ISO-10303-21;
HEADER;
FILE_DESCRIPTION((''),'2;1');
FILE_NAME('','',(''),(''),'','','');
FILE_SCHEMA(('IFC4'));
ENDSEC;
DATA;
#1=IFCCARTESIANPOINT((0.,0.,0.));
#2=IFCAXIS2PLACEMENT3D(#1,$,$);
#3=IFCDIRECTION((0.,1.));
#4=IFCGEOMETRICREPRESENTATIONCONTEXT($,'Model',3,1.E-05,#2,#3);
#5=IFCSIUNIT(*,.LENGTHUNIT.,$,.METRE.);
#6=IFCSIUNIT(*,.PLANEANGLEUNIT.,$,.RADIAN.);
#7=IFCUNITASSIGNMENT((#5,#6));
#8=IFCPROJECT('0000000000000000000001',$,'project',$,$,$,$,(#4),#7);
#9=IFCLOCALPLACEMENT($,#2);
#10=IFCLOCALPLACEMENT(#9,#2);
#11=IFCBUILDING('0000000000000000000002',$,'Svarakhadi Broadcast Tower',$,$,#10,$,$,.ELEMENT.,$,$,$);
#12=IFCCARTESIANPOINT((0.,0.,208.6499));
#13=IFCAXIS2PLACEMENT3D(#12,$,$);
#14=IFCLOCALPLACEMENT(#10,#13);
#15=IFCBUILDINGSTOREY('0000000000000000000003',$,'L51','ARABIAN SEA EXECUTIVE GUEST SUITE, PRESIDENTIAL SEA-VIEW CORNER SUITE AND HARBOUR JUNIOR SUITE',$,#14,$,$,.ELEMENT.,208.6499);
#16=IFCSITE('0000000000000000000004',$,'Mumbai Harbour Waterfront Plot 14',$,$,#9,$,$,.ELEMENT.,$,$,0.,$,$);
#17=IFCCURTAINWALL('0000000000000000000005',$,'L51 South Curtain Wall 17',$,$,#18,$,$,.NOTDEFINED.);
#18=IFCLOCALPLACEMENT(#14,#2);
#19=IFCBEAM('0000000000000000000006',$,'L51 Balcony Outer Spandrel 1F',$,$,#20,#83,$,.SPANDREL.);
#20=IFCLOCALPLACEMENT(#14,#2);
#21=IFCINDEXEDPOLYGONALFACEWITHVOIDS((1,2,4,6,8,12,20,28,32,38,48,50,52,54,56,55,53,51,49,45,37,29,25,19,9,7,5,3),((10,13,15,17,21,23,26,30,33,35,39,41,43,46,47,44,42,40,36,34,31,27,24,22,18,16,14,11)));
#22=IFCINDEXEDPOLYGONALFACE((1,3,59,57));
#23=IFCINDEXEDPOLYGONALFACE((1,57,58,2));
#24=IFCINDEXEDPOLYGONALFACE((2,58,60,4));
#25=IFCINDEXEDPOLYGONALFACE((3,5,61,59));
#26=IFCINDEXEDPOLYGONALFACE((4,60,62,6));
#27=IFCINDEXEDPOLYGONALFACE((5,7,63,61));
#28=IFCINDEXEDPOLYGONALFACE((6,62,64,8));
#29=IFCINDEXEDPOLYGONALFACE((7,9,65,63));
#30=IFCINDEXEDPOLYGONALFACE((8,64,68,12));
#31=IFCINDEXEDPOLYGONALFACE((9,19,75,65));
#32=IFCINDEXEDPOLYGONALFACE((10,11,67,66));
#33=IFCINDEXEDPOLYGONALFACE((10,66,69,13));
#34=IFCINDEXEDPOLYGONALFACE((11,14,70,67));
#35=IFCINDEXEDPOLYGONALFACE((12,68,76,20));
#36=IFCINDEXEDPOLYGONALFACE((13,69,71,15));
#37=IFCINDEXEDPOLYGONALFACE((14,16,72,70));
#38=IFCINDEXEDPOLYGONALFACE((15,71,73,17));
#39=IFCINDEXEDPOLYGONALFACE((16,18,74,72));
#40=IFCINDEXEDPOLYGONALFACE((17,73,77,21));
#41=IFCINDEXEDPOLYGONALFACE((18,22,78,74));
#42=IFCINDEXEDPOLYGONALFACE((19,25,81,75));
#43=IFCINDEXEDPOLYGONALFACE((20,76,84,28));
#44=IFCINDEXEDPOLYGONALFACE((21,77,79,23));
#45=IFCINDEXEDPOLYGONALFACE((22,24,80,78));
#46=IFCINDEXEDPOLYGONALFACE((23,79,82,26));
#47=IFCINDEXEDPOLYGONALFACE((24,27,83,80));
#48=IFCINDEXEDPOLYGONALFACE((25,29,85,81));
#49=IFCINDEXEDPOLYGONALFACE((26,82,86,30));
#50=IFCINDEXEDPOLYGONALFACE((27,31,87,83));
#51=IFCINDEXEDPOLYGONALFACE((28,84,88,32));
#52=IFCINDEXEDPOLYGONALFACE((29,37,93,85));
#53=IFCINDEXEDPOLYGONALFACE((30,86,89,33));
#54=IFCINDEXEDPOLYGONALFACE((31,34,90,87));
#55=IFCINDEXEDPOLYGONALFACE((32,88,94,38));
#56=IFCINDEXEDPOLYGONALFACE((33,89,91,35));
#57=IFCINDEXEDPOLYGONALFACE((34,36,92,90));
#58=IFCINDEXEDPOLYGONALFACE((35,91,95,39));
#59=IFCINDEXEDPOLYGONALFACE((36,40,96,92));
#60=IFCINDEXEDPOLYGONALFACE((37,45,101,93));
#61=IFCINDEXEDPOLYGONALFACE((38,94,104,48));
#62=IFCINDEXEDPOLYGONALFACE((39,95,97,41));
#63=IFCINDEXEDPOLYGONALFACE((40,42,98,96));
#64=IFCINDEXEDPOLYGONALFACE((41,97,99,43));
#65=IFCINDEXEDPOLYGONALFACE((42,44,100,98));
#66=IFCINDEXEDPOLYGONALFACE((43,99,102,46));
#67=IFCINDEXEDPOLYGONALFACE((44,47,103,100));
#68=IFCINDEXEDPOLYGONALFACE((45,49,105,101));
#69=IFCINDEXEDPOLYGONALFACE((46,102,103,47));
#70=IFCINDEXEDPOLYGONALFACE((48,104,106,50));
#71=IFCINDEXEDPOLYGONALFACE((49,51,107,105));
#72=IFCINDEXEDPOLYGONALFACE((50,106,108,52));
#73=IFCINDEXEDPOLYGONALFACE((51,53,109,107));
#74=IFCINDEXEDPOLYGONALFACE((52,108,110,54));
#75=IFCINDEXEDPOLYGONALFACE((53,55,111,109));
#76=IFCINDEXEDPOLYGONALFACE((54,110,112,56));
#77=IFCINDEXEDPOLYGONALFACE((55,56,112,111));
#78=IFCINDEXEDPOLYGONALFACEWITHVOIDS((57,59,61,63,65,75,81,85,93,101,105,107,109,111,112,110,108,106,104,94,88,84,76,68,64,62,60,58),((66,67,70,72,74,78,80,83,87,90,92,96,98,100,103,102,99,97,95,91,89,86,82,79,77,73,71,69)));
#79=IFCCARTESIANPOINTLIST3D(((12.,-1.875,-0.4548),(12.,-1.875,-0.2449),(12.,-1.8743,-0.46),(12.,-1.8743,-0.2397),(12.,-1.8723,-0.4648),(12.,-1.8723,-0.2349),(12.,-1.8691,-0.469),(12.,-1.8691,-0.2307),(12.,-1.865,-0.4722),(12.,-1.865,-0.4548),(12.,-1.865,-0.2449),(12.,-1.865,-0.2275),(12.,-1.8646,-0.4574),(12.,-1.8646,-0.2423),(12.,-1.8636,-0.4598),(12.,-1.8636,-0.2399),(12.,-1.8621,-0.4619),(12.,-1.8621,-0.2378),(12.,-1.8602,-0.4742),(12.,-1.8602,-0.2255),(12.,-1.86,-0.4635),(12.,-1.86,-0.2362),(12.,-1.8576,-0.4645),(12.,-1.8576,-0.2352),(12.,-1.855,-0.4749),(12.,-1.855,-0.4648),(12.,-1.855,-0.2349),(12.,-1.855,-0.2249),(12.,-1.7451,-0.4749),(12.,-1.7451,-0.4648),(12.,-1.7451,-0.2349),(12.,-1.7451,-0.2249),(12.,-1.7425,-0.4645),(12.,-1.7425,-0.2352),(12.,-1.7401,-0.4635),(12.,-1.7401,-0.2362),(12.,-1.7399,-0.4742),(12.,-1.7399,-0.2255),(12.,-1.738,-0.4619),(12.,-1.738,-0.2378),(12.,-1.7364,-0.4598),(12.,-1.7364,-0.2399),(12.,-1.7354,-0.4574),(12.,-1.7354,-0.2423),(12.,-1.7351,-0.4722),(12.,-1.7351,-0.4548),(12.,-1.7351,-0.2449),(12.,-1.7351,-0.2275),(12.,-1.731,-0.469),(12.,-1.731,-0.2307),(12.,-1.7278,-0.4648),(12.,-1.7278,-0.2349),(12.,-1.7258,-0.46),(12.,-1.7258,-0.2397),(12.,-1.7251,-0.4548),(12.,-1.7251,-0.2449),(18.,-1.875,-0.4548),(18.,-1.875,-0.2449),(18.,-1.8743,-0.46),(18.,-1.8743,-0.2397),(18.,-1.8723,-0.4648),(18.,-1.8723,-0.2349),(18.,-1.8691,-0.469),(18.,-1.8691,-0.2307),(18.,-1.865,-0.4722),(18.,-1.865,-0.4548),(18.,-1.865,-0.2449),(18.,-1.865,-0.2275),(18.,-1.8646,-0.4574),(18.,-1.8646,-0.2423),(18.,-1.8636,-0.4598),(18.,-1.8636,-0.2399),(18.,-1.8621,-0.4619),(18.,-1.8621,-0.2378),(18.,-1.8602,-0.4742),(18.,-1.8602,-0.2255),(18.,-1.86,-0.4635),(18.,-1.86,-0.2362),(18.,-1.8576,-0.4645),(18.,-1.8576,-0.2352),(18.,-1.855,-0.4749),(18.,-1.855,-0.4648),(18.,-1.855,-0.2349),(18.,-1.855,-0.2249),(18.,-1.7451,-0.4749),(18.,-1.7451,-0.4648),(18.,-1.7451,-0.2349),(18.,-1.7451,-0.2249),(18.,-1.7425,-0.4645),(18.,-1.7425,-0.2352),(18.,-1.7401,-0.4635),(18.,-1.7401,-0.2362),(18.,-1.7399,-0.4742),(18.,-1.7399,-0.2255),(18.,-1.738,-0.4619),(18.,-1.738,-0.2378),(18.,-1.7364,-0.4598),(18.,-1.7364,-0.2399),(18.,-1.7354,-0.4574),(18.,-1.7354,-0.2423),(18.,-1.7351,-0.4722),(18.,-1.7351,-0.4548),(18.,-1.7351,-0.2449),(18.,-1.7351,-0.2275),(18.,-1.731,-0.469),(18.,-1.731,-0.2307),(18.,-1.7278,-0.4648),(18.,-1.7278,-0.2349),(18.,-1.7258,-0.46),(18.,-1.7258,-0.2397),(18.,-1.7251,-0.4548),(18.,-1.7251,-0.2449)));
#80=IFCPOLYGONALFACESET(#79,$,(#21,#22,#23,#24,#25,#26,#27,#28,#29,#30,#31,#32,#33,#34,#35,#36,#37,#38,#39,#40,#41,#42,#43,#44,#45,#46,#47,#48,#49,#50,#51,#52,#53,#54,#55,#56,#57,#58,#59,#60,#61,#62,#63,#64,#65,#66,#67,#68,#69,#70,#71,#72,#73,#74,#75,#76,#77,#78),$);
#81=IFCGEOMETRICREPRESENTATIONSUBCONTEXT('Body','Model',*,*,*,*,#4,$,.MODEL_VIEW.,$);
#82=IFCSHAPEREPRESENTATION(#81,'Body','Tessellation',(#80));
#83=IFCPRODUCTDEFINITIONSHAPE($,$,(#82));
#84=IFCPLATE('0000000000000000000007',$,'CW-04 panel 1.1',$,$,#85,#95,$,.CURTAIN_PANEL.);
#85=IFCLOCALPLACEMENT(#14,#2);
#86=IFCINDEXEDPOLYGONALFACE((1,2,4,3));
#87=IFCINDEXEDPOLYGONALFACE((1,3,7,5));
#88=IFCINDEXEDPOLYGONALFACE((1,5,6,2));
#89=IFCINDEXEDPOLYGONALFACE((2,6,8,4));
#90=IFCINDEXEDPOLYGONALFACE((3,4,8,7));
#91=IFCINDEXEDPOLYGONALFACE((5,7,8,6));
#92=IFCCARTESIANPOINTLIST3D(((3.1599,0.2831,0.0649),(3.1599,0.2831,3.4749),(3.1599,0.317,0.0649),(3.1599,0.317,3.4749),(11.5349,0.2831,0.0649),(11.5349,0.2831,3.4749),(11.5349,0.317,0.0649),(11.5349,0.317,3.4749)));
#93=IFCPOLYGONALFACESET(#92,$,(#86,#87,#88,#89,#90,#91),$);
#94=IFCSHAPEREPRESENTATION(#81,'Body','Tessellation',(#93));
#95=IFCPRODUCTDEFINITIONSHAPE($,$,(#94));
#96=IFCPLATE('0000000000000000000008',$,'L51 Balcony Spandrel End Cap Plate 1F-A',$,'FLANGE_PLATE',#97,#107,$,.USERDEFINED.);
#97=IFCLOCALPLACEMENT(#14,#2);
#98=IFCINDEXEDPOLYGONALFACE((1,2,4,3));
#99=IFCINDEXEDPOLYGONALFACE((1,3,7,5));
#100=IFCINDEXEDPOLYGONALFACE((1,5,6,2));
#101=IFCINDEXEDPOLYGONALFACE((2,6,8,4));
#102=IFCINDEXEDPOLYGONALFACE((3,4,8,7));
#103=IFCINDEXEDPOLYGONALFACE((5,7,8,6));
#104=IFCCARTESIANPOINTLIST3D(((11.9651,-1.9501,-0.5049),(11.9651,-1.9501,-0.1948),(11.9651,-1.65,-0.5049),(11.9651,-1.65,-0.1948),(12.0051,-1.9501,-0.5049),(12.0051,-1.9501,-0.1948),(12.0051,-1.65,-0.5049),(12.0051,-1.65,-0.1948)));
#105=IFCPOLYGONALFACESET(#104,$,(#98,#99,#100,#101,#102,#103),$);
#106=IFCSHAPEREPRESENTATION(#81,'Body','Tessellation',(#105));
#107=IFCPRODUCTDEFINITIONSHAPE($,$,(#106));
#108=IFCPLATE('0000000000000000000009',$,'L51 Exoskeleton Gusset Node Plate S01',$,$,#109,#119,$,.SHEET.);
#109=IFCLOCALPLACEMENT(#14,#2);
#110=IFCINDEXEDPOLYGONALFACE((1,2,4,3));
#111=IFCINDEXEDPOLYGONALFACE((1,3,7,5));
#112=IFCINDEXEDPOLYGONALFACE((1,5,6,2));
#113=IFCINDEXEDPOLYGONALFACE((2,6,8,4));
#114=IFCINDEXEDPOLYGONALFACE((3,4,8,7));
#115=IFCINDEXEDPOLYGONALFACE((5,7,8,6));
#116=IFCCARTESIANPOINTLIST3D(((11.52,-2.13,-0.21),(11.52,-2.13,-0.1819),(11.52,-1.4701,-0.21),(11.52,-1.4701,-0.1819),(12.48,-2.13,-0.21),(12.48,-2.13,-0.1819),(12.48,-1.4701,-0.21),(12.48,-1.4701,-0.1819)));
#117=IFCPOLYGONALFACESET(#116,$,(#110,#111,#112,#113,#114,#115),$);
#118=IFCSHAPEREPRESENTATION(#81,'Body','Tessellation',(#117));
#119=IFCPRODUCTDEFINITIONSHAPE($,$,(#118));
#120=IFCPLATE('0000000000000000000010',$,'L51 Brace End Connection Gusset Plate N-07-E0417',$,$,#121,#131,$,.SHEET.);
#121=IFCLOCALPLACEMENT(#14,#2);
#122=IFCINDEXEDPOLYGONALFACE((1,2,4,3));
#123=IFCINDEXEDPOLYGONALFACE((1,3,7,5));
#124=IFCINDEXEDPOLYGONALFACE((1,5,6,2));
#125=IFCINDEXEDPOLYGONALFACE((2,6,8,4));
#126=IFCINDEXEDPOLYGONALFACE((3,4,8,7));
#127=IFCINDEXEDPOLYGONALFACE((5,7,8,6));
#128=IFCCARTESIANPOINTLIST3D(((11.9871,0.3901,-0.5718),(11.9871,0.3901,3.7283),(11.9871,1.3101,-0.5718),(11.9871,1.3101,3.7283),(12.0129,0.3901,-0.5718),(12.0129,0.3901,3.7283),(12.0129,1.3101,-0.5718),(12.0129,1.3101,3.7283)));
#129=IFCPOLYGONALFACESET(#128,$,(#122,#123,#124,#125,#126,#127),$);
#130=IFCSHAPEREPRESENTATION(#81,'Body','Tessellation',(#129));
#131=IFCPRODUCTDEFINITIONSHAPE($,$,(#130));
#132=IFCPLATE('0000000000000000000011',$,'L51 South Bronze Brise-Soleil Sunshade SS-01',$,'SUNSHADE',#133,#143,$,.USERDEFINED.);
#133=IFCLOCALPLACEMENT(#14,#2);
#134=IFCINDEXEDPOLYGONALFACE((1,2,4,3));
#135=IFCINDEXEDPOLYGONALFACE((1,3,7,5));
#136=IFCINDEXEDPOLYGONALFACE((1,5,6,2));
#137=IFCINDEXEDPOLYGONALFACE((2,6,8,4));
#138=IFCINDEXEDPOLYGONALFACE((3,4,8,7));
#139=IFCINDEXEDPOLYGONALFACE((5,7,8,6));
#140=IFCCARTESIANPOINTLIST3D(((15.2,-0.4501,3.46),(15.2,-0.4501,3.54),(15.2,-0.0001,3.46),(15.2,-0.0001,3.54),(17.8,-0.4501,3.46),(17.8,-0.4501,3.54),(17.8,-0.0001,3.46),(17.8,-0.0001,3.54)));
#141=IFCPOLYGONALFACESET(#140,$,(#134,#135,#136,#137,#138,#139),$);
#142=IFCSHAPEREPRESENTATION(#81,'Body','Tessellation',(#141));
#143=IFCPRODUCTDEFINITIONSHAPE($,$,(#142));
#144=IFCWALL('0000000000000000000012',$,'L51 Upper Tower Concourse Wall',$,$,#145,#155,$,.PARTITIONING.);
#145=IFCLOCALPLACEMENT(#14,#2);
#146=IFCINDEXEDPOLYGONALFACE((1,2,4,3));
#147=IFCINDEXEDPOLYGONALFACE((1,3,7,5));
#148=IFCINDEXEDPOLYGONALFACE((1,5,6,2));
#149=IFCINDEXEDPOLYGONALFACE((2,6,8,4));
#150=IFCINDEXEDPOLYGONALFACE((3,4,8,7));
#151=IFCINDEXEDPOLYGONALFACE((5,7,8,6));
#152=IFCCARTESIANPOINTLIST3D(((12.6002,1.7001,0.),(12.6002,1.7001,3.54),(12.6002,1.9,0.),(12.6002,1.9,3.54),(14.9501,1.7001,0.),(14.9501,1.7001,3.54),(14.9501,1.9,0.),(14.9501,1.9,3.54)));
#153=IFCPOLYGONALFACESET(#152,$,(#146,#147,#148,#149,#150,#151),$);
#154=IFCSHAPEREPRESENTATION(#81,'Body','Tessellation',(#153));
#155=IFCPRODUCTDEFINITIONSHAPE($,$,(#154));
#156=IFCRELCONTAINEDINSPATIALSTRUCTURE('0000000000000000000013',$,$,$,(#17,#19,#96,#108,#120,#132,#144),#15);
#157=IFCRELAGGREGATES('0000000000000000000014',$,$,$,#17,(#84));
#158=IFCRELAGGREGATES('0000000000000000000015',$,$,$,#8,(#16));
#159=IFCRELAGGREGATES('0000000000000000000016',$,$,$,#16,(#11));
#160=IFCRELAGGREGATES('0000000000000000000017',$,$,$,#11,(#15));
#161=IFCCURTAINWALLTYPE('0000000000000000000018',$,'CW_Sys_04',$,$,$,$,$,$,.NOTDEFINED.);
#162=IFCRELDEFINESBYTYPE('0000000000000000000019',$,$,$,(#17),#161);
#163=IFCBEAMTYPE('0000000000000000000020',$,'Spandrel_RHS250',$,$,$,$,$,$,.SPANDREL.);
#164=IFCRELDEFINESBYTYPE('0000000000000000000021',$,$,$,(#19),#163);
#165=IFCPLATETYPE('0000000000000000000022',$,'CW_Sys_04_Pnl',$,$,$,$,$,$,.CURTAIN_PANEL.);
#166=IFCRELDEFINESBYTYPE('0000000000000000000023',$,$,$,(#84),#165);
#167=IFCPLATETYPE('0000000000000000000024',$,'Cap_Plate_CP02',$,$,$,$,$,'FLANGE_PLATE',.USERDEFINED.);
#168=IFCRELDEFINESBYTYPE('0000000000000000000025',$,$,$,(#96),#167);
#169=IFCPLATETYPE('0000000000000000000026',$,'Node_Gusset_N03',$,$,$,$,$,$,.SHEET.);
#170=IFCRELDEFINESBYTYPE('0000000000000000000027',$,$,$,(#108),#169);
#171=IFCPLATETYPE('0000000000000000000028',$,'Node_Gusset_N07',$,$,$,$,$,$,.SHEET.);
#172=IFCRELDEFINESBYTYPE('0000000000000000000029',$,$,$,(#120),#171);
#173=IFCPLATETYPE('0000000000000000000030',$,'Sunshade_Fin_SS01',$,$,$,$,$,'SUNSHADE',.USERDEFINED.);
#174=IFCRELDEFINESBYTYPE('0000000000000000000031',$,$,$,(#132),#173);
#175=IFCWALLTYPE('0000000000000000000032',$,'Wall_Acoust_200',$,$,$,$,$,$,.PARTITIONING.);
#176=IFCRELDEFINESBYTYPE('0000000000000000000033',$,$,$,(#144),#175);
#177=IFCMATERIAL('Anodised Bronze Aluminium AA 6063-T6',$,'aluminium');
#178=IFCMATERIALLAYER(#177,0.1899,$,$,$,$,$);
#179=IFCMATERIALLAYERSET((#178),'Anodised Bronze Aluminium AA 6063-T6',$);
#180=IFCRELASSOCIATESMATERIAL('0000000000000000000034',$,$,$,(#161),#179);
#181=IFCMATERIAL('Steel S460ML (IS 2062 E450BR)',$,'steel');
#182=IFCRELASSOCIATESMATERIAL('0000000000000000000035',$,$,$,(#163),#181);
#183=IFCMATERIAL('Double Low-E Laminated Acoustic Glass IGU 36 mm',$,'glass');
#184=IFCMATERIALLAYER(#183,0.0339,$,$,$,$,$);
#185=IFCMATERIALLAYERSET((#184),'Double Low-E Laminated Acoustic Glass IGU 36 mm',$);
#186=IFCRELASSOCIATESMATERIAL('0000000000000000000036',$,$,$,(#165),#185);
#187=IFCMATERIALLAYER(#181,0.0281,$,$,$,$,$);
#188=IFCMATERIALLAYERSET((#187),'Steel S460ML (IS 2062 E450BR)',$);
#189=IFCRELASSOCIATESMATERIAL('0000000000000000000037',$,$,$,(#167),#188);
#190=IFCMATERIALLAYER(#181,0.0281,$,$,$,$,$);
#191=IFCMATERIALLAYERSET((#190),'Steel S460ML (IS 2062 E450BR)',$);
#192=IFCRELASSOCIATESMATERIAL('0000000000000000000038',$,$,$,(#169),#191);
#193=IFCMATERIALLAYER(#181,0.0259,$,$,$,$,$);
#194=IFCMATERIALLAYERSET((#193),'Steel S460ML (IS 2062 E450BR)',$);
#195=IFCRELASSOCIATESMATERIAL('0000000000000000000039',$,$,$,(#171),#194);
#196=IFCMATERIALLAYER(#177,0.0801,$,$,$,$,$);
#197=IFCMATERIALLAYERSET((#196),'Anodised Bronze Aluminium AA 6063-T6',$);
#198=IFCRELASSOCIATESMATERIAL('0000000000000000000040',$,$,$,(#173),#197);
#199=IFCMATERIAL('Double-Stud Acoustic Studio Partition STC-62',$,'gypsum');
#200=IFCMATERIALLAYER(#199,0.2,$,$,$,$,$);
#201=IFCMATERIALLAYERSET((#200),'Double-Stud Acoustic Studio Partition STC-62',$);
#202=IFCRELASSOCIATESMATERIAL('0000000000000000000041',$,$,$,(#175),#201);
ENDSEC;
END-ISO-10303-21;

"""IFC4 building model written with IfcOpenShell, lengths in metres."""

from ifc_helpers import new_model, si_unit, direction, frame, frame_2d, origin, origin_2d, place, context, subcontext, project, spatial, rectangle, hollow_rectangle, extrude, material, layer, layer_set, material_profile, profile_set, type_object, element, aggregate, save


model = new_model("IFC4")

# Units and contexts
model_context = context("Model", 3, precision=1e-05, world=origin(), true_north=direction((0.0, 1.0)))
body_context = subcontext(model_context, "Body", "Model", "MODEL_VIEW")
ifc_project = project(units=[si_unit("LENGTHUNIT", "METRE"), si_unit("PLANEANGLEUNIT", "RADIAN")], contexts=[model_context])

# Site, building, storey
site_placement = place(None, origin())
site = spatial("IfcSite", under=ifc_project, at=site_placement, Name="Mumbai Harbour Waterfront Plot 14", CompositionType="ELEMENT", RefElevation=0.0)
building_placement = place(site_placement, origin())
building = spatial("IfcBuilding", under=site, at=building_placement, Name="Svarakhadi Broadcast Tower", CompositionType="ELEMENT")
storey_placement = place(building_placement, frame((0.0, 0.0, 208.6499)))
storey = spatial("IfcBuildingStorey", under=building, at=storey_placement, Name="L51", Description="ARABIAN SEA EXECUTIVE GUEST SUITE, PRESIDENTIAL SEA-VIEW CORNER SUITE AND HARBOUR JUNIOR SUITE", CompositionType="ELEMENT", Elevation=208.6499)

# Shared definitions
ifc_material_1 = material(Name="Steel S460ML (IS 2062 E450BR)", Category="steel")

# Curtain wall
ifc_material_2 = material(Name="Anodised Bronze Aluminium AA 6063-T6", Category="aluminium")
ifc_layer_1 = layer(ifc_material_2, 0.1899)
ifc_layer_set_1 = layer_set([ifc_layer_1], Name="Anodised Bronze Aluminium AA 6063-T6")
curtain_wall_type = type_object("IfcCurtainWallType", Name="CW_Sys_04", PredefinedType="NOTDEFINED", material=ifc_layer_set_1)
curtain_wall_placement = place(storey_placement, origin())
curtain_wall = element("IfcCurtainWall", 1, at=curtain_wall_placement, inside=storey, type_object=curtain_wall_type, Name="L51 South Curtain Wall 17", PredefinedType="NOTDEFINED")

# Beam
ifc_material_profile_1 = material_profile(ifc_material_1, hollow_rectangle(XDim=0.1499, YDim=0.25, WallThickness=0.01, InnerFilletRadius=0.01, OuterFilletRadius=0.02, at=origin_2d()), Name="RHS 250x150x10")
ifc_profile_set_1 = profile_set([ifc_material_profile_1], Name="Steel S460ML (IS 2062 E450BR)")
beam_type_1 = type_object("IfcBeamType", Name="Spandrel_RHS250", PredefinedType="SPANDREL", material=ifc_profile_set_1)
beam_1_placement = place(storey_placement, frame((12.0, -1.8, -0.3499), z_axis=(1.0, 0.0, 0.0), x_axis=(0.0, 1.0, 0.0)))
element("IfcBeam", 2, at=beam_1_placement, inside=storey, type_object=beam_type_1, Name="L51 Balcony Outer Spandrel 1F", PredefinedType="SPANDREL", context=body_context, shape_type="SweptSolid", body=[
    extrude(hollow_rectangle(XDim=0.1499, YDim=0.25, WallThickness=0.01, InnerFilletRadius=0.01, OuterFilletRadius=0.02, at=origin_2d()), origin(), (0.0, 0.0, 1.0), 6.0),
])

# Plate
ifc_material_3 = material(Name="Double Low-E Laminated Acoustic Glass IGU 36 mm", Category="glass")
ifc_layer_2 = layer(ifc_material_3, 0.0339)
ifc_layer_set_2 = layer_set([ifc_layer_2], Name="Double Low-E Laminated Acoustic Glass IGU 36 mm")
plate_type_1 = type_object("IfcPlateType", Name="CW_Sys_04_Pnl", PredefinedType="CURTAIN_PANEL", material=ifc_layer_set_2)
plate_1_placement = place(storey_placement, frame((7.3474, 0.3, 0.0649), z_axis=(0.0, 0.0, 1.0), x_axis=(-1.0, 0.0, 0.0)))
plate_1 = element("IfcPlate", 3, at=plate_1_placement, type_object=plate_type_1, Name="CW-04 panel 1.1", PredefinedType="CURTAIN_PANEL", context=body_context, shape_type="SweptSolid", body=[
    extrude(rectangle(XDim=8.375, YDim=0.0339, at=origin_2d()), origin(), (0.0, 0.0, 1.0), 3.4099),
])
aggregate(curtain_wall, [plate_1])

# Plates
ifc_layer_3 = layer(ifc_material_1, 0.0281)
ifc_layer_set_3 = layer_set([ifc_layer_3], Name="Steel S460ML (IS 2062 E450BR)")
plate_type_2 = type_object("IfcPlateType", Name="Cap_Plate_CP02", ElementType="FLANGE_PLATE", PredefinedType="USERDEFINED", material=ifc_layer_set_3)
plate_2_placement = place(storey_placement, frame((11.9851, -1.8, -0.5049), z_axis=(0.0, 0.0, 1.0), x_axis=(1.0, 0.0, 0.0)))
element("IfcPlate", 4, at=plate_2_placement, inside=storey, type_object=plate_type_2, Name="L51 Balcony Spandrel End Cap Plate 1F-A", ObjectType="FLANGE_PLATE", PredefinedType="USERDEFINED", context=body_context, shape_type="SweptSolid", body=[
    extrude(rectangle(XDim=0.04, YDim=0.3, at=origin_2d()), origin(), (0.0, 0.0, 1.0), 0.3101),
])
ifc_layer_4 = layer(ifc_material_1, 0.0281)
ifc_layer_set_4 = layer_set([ifc_layer_4], Name="Steel S460ML (IS 2062 E450BR)")
plate_type_3 = type_object("IfcPlateType", Name="Node_Gusset_N03", PredefinedType="SHEET", material=ifc_layer_set_4)
plate_3_placement = place(storey_placement, frame((12.0, -1.8, -0.21), z_axis=(0.0, 0.0, 1.0), x_axis=(1.0, 0.0, 0.0)))
element("IfcPlate", 5, at=plate_3_placement, inside=storey, type_object=plate_type_3, Name="L51 Exoskeleton Gusset Node Plate S01", PredefinedType="SHEET", context=body_context, shape_type="SweptSolid", body=[
    extrude(rectangle(XDim=0.96, YDim=0.6599, at=origin_2d()), origin(), (0.0, 0.0, 1.0), 0.0281),
])
ifc_layer_5 = layer(ifc_material_1, 0.0259)
ifc_layer_set_5 = layer_set([ifc_layer_5], Name="Steel S460ML (IS 2062 E450BR)")
plate_type_4 = type_object("IfcPlateType", Name="Node_Gusset_N07", PredefinedType="SHEET", material=ifc_layer_set_5)
plate_4_placement = place(storey_placement, frame((12.0, 0.8501, -0.5718), z_axis=(0.0, 0.0, 1.0), x_axis=(0.0, 1.0, 0.0)))
element("IfcPlate", 6, at=plate_4_placement, inside=storey, type_object=plate_type_4, Name="L51 Brace End Connection Gusset Plate N-07-E0417", PredefinedType="SHEET", context=body_context, shape_type="SweptSolid", body=[
    extrude(rectangle(XDim=0.9199, YDim=0.0259, at=origin_2d()), origin(), (0.0, 0.0, 1.0), 4.3),
])
ifc_layer_6 = layer(ifc_material_2, 0.0801)
ifc_layer_set_6 = layer_set([ifc_layer_6], Name="Anodised Bronze Aluminium AA 6063-T6")
plate_type_5 = type_object("IfcPlateType", Name="Sunshade_Fin_SS01", ElementType="SUNSHADE", PredefinedType="USERDEFINED", material=ifc_layer_set_6)
plate_5_placement = place(storey_placement, frame((16.5, -0.2251, 3.46), z_axis=(0.0, 0.0, 1.0), x_axis=(1.0, 0.0, 0.0)))
element("IfcPlate", 7, at=plate_5_placement, inside=storey, type_object=plate_type_5, Name="L51 South Bronze Brise-Soleil Sunshade SS-01", ObjectType="SUNSHADE", PredefinedType="USERDEFINED", context=body_context, shape_type="SweptSolid", body=[
    extrude(rectangle(XDim=2.6001, YDim=0.45, at=origin_2d()), origin(), (0.0, 0.0, 1.0), 0.0801),
])

# Wall
ifc_material_4 = material(Name="Double-Stud Acoustic Studio Partition STC-62", Category="gypsum")
ifc_layer_7 = layer(ifc_material_4, 0.2)
ifc_layer_set_7 = layer_set([ifc_layer_7], Name="Double-Stud Acoustic Studio Partition STC-62")
wall_type_1 = type_object("IfcWallType", Name="Wall_Acoust_200", PredefinedType="PARTITIONING", material=ifc_layer_set_7)
wall_1_placement = place(storey_placement, frame((14.95, 1.8, 0.0), z_axis=(0.0, 0.0, 1.0), x_axis=(-1.0, 0.0, 0.0)))
element("IfcWall", 8, at=wall_1_placement, inside=storey, type_object=wall_type_1, Name="L51 Upper Tower Concourse Wall", PredefinedType="PARTITIONING", context=body_context, shape_type="SweptSolid", body=[
    extrude(rectangle(XDim=2.3499, YDim=0.2, at=frame_2d((1.1748, 0.0))), origin(), (0.0, 0.0, 1.0), 3.54),
])

save(model, "model.ifc")
